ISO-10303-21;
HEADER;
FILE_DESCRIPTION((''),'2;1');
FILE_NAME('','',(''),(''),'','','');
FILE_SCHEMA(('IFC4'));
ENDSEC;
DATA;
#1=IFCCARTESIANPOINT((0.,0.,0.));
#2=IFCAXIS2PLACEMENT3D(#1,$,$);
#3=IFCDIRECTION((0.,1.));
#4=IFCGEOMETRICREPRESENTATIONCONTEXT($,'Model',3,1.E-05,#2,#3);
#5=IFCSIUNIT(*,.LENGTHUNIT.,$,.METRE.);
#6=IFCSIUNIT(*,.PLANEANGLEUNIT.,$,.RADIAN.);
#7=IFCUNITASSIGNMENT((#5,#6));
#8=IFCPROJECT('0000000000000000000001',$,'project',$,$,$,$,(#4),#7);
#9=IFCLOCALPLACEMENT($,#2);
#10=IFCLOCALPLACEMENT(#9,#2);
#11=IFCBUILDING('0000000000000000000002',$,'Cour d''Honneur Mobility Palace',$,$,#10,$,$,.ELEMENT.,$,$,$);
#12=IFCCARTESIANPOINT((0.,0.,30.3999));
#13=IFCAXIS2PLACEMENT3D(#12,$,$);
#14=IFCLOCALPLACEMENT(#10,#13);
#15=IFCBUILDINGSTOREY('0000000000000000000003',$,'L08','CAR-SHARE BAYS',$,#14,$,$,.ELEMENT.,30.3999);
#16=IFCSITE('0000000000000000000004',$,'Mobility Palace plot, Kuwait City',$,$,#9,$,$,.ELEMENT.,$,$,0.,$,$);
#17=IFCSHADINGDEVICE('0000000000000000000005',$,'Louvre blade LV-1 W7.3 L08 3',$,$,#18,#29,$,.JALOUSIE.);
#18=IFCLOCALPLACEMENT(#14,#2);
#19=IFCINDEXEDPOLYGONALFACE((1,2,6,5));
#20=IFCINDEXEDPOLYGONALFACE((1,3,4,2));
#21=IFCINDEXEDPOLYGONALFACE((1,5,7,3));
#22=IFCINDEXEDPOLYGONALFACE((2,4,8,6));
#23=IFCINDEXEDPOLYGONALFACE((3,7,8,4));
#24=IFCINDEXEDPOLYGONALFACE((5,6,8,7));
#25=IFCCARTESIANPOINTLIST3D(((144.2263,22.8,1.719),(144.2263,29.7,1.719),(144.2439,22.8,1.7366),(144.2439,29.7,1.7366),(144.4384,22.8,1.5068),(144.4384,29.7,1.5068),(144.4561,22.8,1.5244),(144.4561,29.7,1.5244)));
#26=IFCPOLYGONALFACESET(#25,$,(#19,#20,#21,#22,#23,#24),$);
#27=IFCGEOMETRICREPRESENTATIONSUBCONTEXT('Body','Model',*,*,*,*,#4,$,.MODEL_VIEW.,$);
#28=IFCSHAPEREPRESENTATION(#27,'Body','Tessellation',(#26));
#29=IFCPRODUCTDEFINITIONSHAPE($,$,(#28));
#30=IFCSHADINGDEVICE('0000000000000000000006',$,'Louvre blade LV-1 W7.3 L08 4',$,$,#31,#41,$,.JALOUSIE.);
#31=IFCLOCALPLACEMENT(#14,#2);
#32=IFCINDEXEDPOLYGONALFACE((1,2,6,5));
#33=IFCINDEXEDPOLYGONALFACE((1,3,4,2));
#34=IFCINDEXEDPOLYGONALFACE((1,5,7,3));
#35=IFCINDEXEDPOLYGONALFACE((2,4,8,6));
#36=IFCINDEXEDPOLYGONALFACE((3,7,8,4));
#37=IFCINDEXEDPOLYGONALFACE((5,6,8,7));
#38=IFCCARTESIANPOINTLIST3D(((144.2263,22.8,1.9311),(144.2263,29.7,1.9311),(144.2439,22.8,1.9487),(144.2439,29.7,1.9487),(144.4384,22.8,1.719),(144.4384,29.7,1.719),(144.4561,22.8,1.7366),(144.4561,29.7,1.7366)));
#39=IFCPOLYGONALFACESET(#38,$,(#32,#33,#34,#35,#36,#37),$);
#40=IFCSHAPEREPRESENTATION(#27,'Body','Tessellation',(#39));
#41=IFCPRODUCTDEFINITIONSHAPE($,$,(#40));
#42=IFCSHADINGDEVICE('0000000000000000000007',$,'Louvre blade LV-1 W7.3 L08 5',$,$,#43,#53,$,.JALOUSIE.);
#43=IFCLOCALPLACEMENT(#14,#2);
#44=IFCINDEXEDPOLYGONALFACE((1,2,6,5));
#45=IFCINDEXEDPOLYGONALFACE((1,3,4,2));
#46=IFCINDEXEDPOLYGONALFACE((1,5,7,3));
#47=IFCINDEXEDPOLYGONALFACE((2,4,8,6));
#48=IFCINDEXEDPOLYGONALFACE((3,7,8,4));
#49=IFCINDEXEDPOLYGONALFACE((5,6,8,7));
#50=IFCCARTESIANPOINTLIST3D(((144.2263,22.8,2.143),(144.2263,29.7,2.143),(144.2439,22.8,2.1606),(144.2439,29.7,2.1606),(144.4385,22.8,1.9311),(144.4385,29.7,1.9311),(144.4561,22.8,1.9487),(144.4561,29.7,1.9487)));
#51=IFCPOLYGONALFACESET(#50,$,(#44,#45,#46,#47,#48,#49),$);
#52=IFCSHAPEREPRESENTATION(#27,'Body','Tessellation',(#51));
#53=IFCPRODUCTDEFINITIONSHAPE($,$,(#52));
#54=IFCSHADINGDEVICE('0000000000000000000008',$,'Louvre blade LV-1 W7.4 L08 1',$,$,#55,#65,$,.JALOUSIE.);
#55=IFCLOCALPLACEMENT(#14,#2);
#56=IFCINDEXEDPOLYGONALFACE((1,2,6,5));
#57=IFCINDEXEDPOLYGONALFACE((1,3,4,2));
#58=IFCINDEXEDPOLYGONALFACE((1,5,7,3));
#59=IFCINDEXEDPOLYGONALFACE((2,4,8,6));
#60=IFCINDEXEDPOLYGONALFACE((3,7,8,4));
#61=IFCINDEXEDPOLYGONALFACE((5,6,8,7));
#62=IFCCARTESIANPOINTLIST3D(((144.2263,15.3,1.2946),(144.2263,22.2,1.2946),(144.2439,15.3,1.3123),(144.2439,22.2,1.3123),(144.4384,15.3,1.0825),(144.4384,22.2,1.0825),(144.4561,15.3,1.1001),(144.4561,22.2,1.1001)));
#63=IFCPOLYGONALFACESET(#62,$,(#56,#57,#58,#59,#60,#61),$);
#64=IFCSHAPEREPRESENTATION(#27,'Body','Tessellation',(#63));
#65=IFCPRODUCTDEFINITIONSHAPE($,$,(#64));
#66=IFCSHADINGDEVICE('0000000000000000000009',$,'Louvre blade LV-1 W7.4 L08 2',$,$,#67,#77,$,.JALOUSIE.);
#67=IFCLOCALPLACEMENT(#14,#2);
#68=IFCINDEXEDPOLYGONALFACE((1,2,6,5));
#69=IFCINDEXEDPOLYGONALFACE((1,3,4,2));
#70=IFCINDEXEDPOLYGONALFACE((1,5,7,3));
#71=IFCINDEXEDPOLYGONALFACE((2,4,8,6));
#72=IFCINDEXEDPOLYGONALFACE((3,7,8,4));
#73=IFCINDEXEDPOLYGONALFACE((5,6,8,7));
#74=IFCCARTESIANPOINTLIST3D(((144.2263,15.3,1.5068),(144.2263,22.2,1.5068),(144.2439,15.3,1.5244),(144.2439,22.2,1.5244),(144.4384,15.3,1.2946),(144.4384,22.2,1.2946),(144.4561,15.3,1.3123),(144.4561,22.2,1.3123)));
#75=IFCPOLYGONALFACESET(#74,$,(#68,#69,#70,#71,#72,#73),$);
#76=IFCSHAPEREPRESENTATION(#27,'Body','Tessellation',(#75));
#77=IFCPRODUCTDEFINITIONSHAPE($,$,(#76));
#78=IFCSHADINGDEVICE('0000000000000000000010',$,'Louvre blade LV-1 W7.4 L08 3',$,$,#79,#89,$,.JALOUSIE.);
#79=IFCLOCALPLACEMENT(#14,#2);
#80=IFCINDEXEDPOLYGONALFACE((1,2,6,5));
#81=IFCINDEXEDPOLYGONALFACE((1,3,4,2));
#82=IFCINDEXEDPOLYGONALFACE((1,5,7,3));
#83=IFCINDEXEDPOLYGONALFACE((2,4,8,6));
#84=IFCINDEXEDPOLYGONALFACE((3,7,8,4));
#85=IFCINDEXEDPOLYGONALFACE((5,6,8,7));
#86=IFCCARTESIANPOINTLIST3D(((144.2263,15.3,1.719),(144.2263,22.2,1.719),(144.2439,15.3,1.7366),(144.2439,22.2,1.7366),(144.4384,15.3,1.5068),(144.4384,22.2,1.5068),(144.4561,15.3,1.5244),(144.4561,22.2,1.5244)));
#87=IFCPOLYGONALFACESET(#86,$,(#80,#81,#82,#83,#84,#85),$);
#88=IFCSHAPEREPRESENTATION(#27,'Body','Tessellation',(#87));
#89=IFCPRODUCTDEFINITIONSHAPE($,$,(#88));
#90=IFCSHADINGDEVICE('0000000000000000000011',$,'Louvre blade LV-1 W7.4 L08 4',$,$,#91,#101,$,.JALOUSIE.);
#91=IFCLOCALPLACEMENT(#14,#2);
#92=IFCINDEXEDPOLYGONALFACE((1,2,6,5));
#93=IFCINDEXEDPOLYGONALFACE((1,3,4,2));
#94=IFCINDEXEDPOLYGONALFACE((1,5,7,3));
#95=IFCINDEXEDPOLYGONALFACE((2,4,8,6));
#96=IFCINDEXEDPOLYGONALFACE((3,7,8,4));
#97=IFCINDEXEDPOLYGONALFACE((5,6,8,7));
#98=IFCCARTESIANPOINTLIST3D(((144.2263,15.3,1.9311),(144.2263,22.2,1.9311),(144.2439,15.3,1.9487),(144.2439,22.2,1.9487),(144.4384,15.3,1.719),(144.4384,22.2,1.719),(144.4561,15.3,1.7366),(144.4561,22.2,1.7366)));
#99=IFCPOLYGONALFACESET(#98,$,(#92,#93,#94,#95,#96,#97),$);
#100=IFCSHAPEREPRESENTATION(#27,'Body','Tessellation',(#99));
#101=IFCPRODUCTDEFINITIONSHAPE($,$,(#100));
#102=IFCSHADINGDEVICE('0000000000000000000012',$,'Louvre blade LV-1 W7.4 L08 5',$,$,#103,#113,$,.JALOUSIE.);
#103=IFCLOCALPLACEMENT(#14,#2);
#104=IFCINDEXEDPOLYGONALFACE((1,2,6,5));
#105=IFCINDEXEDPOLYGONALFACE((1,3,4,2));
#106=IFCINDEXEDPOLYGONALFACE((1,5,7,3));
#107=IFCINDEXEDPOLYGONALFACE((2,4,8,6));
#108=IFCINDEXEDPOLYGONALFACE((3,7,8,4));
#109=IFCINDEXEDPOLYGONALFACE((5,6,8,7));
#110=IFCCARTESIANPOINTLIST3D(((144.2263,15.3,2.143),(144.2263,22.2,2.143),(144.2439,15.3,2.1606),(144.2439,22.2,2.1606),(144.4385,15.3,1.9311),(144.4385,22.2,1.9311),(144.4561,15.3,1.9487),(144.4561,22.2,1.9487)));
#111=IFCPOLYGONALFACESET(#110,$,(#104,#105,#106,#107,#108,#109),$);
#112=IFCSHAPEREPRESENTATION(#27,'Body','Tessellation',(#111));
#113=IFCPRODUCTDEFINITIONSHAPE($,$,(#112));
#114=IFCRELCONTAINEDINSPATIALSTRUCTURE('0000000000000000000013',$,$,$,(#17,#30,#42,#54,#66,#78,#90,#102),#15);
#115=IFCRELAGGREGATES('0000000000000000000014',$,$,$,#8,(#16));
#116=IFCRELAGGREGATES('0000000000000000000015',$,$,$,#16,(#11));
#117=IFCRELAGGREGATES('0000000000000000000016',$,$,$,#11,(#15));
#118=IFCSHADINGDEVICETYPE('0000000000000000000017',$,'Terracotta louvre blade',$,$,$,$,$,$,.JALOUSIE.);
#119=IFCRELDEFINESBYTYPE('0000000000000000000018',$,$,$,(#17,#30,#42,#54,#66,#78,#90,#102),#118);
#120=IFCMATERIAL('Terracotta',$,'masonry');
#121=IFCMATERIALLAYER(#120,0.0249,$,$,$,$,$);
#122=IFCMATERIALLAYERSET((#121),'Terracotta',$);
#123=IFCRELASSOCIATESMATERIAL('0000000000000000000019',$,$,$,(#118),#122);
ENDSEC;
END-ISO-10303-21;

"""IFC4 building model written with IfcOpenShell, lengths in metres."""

from ifc_helpers import new_model, si_unit, direction, frame, origin, place, context, subcontext, project, spatial, polyline, outline, extrude, material, layer, layer_set, type_object, element, save


model = new_model("IFC4")

# Units and contexts
model_context = context("Model", 3, precision=1e-05, world=origin(), true_north=direction((0.0, 1.0)))
body_context = subcontext(model_context, "Body", "Model", "MODEL_VIEW")
ifc_project = project(units=[si_unit("LENGTHUNIT", "METRE"), si_unit("PLANEANGLEUNIT", "RADIAN")], contexts=[model_context])

# Site, building, storey
site_placement = place(None, origin())
site = spatial("IfcSite", under=ifc_project, at=site_placement, Name="Mobility Palace plot, Kuwait City", CompositionType="ELEMENT", RefElevation=0.0)
building_placement = place(site_placement, origin())
building = spatial("IfcBuilding", under=site, at=building_placement, Name="Cour d'Honneur Mobility Palace", CompositionType="ELEMENT")
storey_placement = place(building_placement, frame((0.0, 0.0, 30.3999)))
storey = spatial("IfcBuildingStorey", under=building, at=storey_placement, Name="L08", Description="CAR-SHARE BAYS", CompositionType="ELEMENT", Elevation=30.3999)

# Shading devices
ifc_material_1 = material(Name="Terracotta", Category="masonry")
ifc_layer_1 = layer(ifc_material_1, 0.0249)
ifc_layer_set_1 = layer_set([ifc_layer_1], Name="Terracotta")
shading_device_type = type_object("IfcShadingDeviceType", Name="Terracotta louvre blade", PredefinedType="JALOUSIE", material=ifc_layer_set_1)
for number, where, z_axis, x_axis, name in (
    (1, (144.4561, 29.7, 1.5244), (0.707107, 0.0, 0.707107), (0.0, -1.0, 0.0), "Louvre blade LV-1 W7.3 L08 3"),
    (2, (144.4561, 29.7, 1.7366), (0.707107, 0.0, 0.707107), (0.0, -1.0, 0.0), "Louvre blade LV-1 W7.3 L08 4"),
):
    element("IfcShadingDevice", number, at=place(storey_placement, frame(where, z_axis=z_axis, x_axis=x_axis)), inside=storey, type_object=shading_device_type, Name=name, PredefinedType="JALOUSIE", context=body_context, shape_type="SweptSolid", body=[
        extrude(outline(polyline([(0.0, 0.0), (6.8999, 0.0), (6.8999, -0.3), (0.0, -0.3), (0.0, 0.0)])), origin(), (0.0, 0.0, -1.0), 0.0249),
    ])
shading_device_1_placement = place(storey_placement, frame((144.4561, 29.7, 1.9487), z_axis=(0.7067, 0.0, 0.707514), x_axis=(0.0, -1.0, 0.0)))
element("IfcShadingDevice", 3, at=shading_device_1_placement, inside=storey, type_object=shading_device_type, Name="Louvre blade LV-1 W7.3 L08 5", PredefinedType="JALOUSIE", context=body_context, shape_type="SweptSolid", body=[
    extrude(outline(polyline([(0.0, 0.0), (6.8999, 0.0), (6.8999, -0.2999), (0.0, -0.2999), (0.0, 0.0)])), origin(), (0.0, 0.0, -1.0), 0.0249),
])
for number, where, z_axis, x_axis, name in (
    (4, (144.4561, 22.2, 1.1001), (0.707107, 0.0, 0.707107), (0.0, -1.0, 0.0), "Louvre blade LV-1 W7.4 L08 1"),
    (5, (144.4561, 22.2, 1.3123), (0.707107, 0.0, 0.707107), (0.0, -1.0, 0.0), "Louvre blade LV-1 W7.4 L08 2"),
    (6, (144.4561, 22.2, 1.5244), (0.707107, 0.0, 0.707107), (0.0, -1.0, 0.0), "Louvre blade LV-1 W7.4 L08 3"),
    (7, (144.4561, 22.2, 1.7366), (0.707107, 0.0, 0.707107), (0.0, -1.0, 0.0), "Louvre blade LV-1 W7.4 L08 4"),
):
    element("IfcShadingDevice", number, at=place(storey_placement, frame(where, z_axis=z_axis, x_axis=x_axis)), inside=storey, type_object=shading_device_type, Name=name, PredefinedType="JALOUSIE", context=body_context, shape_type="SweptSolid", body=[
        extrude(outline(polyline([(0.0, 0.0), (6.8999, 0.0), (6.8999, -0.3), (0.0, -0.3), (0.0, 0.0)])), origin(), (0.0, 0.0, -1.0), 0.0249),
    ])
shading_device_2_placement = place(storey_placement, frame((144.4561, 22.2, 1.9487), z_axis=(0.7067, 0.0, 0.707514), x_axis=(0.0, -1.0, 0.0)))
element("IfcShadingDevice", 8, at=shading_device_2_placement, inside=storey, type_object=shading_device_type, Name="Louvre blade LV-1 W7.4 L08 5", PredefinedType="JALOUSIE", context=body_context, shape_type="SweptSolid", body=[
    extrude(outline(polyline([(0.0, 0.0), (6.8999, 0.0), (6.8999, -0.2999), (0.0, -0.2999), (0.0, 0.0)])), origin(), (0.0, 0.0, -1.0), 0.0249),
])

save(model, "model.ifc")
